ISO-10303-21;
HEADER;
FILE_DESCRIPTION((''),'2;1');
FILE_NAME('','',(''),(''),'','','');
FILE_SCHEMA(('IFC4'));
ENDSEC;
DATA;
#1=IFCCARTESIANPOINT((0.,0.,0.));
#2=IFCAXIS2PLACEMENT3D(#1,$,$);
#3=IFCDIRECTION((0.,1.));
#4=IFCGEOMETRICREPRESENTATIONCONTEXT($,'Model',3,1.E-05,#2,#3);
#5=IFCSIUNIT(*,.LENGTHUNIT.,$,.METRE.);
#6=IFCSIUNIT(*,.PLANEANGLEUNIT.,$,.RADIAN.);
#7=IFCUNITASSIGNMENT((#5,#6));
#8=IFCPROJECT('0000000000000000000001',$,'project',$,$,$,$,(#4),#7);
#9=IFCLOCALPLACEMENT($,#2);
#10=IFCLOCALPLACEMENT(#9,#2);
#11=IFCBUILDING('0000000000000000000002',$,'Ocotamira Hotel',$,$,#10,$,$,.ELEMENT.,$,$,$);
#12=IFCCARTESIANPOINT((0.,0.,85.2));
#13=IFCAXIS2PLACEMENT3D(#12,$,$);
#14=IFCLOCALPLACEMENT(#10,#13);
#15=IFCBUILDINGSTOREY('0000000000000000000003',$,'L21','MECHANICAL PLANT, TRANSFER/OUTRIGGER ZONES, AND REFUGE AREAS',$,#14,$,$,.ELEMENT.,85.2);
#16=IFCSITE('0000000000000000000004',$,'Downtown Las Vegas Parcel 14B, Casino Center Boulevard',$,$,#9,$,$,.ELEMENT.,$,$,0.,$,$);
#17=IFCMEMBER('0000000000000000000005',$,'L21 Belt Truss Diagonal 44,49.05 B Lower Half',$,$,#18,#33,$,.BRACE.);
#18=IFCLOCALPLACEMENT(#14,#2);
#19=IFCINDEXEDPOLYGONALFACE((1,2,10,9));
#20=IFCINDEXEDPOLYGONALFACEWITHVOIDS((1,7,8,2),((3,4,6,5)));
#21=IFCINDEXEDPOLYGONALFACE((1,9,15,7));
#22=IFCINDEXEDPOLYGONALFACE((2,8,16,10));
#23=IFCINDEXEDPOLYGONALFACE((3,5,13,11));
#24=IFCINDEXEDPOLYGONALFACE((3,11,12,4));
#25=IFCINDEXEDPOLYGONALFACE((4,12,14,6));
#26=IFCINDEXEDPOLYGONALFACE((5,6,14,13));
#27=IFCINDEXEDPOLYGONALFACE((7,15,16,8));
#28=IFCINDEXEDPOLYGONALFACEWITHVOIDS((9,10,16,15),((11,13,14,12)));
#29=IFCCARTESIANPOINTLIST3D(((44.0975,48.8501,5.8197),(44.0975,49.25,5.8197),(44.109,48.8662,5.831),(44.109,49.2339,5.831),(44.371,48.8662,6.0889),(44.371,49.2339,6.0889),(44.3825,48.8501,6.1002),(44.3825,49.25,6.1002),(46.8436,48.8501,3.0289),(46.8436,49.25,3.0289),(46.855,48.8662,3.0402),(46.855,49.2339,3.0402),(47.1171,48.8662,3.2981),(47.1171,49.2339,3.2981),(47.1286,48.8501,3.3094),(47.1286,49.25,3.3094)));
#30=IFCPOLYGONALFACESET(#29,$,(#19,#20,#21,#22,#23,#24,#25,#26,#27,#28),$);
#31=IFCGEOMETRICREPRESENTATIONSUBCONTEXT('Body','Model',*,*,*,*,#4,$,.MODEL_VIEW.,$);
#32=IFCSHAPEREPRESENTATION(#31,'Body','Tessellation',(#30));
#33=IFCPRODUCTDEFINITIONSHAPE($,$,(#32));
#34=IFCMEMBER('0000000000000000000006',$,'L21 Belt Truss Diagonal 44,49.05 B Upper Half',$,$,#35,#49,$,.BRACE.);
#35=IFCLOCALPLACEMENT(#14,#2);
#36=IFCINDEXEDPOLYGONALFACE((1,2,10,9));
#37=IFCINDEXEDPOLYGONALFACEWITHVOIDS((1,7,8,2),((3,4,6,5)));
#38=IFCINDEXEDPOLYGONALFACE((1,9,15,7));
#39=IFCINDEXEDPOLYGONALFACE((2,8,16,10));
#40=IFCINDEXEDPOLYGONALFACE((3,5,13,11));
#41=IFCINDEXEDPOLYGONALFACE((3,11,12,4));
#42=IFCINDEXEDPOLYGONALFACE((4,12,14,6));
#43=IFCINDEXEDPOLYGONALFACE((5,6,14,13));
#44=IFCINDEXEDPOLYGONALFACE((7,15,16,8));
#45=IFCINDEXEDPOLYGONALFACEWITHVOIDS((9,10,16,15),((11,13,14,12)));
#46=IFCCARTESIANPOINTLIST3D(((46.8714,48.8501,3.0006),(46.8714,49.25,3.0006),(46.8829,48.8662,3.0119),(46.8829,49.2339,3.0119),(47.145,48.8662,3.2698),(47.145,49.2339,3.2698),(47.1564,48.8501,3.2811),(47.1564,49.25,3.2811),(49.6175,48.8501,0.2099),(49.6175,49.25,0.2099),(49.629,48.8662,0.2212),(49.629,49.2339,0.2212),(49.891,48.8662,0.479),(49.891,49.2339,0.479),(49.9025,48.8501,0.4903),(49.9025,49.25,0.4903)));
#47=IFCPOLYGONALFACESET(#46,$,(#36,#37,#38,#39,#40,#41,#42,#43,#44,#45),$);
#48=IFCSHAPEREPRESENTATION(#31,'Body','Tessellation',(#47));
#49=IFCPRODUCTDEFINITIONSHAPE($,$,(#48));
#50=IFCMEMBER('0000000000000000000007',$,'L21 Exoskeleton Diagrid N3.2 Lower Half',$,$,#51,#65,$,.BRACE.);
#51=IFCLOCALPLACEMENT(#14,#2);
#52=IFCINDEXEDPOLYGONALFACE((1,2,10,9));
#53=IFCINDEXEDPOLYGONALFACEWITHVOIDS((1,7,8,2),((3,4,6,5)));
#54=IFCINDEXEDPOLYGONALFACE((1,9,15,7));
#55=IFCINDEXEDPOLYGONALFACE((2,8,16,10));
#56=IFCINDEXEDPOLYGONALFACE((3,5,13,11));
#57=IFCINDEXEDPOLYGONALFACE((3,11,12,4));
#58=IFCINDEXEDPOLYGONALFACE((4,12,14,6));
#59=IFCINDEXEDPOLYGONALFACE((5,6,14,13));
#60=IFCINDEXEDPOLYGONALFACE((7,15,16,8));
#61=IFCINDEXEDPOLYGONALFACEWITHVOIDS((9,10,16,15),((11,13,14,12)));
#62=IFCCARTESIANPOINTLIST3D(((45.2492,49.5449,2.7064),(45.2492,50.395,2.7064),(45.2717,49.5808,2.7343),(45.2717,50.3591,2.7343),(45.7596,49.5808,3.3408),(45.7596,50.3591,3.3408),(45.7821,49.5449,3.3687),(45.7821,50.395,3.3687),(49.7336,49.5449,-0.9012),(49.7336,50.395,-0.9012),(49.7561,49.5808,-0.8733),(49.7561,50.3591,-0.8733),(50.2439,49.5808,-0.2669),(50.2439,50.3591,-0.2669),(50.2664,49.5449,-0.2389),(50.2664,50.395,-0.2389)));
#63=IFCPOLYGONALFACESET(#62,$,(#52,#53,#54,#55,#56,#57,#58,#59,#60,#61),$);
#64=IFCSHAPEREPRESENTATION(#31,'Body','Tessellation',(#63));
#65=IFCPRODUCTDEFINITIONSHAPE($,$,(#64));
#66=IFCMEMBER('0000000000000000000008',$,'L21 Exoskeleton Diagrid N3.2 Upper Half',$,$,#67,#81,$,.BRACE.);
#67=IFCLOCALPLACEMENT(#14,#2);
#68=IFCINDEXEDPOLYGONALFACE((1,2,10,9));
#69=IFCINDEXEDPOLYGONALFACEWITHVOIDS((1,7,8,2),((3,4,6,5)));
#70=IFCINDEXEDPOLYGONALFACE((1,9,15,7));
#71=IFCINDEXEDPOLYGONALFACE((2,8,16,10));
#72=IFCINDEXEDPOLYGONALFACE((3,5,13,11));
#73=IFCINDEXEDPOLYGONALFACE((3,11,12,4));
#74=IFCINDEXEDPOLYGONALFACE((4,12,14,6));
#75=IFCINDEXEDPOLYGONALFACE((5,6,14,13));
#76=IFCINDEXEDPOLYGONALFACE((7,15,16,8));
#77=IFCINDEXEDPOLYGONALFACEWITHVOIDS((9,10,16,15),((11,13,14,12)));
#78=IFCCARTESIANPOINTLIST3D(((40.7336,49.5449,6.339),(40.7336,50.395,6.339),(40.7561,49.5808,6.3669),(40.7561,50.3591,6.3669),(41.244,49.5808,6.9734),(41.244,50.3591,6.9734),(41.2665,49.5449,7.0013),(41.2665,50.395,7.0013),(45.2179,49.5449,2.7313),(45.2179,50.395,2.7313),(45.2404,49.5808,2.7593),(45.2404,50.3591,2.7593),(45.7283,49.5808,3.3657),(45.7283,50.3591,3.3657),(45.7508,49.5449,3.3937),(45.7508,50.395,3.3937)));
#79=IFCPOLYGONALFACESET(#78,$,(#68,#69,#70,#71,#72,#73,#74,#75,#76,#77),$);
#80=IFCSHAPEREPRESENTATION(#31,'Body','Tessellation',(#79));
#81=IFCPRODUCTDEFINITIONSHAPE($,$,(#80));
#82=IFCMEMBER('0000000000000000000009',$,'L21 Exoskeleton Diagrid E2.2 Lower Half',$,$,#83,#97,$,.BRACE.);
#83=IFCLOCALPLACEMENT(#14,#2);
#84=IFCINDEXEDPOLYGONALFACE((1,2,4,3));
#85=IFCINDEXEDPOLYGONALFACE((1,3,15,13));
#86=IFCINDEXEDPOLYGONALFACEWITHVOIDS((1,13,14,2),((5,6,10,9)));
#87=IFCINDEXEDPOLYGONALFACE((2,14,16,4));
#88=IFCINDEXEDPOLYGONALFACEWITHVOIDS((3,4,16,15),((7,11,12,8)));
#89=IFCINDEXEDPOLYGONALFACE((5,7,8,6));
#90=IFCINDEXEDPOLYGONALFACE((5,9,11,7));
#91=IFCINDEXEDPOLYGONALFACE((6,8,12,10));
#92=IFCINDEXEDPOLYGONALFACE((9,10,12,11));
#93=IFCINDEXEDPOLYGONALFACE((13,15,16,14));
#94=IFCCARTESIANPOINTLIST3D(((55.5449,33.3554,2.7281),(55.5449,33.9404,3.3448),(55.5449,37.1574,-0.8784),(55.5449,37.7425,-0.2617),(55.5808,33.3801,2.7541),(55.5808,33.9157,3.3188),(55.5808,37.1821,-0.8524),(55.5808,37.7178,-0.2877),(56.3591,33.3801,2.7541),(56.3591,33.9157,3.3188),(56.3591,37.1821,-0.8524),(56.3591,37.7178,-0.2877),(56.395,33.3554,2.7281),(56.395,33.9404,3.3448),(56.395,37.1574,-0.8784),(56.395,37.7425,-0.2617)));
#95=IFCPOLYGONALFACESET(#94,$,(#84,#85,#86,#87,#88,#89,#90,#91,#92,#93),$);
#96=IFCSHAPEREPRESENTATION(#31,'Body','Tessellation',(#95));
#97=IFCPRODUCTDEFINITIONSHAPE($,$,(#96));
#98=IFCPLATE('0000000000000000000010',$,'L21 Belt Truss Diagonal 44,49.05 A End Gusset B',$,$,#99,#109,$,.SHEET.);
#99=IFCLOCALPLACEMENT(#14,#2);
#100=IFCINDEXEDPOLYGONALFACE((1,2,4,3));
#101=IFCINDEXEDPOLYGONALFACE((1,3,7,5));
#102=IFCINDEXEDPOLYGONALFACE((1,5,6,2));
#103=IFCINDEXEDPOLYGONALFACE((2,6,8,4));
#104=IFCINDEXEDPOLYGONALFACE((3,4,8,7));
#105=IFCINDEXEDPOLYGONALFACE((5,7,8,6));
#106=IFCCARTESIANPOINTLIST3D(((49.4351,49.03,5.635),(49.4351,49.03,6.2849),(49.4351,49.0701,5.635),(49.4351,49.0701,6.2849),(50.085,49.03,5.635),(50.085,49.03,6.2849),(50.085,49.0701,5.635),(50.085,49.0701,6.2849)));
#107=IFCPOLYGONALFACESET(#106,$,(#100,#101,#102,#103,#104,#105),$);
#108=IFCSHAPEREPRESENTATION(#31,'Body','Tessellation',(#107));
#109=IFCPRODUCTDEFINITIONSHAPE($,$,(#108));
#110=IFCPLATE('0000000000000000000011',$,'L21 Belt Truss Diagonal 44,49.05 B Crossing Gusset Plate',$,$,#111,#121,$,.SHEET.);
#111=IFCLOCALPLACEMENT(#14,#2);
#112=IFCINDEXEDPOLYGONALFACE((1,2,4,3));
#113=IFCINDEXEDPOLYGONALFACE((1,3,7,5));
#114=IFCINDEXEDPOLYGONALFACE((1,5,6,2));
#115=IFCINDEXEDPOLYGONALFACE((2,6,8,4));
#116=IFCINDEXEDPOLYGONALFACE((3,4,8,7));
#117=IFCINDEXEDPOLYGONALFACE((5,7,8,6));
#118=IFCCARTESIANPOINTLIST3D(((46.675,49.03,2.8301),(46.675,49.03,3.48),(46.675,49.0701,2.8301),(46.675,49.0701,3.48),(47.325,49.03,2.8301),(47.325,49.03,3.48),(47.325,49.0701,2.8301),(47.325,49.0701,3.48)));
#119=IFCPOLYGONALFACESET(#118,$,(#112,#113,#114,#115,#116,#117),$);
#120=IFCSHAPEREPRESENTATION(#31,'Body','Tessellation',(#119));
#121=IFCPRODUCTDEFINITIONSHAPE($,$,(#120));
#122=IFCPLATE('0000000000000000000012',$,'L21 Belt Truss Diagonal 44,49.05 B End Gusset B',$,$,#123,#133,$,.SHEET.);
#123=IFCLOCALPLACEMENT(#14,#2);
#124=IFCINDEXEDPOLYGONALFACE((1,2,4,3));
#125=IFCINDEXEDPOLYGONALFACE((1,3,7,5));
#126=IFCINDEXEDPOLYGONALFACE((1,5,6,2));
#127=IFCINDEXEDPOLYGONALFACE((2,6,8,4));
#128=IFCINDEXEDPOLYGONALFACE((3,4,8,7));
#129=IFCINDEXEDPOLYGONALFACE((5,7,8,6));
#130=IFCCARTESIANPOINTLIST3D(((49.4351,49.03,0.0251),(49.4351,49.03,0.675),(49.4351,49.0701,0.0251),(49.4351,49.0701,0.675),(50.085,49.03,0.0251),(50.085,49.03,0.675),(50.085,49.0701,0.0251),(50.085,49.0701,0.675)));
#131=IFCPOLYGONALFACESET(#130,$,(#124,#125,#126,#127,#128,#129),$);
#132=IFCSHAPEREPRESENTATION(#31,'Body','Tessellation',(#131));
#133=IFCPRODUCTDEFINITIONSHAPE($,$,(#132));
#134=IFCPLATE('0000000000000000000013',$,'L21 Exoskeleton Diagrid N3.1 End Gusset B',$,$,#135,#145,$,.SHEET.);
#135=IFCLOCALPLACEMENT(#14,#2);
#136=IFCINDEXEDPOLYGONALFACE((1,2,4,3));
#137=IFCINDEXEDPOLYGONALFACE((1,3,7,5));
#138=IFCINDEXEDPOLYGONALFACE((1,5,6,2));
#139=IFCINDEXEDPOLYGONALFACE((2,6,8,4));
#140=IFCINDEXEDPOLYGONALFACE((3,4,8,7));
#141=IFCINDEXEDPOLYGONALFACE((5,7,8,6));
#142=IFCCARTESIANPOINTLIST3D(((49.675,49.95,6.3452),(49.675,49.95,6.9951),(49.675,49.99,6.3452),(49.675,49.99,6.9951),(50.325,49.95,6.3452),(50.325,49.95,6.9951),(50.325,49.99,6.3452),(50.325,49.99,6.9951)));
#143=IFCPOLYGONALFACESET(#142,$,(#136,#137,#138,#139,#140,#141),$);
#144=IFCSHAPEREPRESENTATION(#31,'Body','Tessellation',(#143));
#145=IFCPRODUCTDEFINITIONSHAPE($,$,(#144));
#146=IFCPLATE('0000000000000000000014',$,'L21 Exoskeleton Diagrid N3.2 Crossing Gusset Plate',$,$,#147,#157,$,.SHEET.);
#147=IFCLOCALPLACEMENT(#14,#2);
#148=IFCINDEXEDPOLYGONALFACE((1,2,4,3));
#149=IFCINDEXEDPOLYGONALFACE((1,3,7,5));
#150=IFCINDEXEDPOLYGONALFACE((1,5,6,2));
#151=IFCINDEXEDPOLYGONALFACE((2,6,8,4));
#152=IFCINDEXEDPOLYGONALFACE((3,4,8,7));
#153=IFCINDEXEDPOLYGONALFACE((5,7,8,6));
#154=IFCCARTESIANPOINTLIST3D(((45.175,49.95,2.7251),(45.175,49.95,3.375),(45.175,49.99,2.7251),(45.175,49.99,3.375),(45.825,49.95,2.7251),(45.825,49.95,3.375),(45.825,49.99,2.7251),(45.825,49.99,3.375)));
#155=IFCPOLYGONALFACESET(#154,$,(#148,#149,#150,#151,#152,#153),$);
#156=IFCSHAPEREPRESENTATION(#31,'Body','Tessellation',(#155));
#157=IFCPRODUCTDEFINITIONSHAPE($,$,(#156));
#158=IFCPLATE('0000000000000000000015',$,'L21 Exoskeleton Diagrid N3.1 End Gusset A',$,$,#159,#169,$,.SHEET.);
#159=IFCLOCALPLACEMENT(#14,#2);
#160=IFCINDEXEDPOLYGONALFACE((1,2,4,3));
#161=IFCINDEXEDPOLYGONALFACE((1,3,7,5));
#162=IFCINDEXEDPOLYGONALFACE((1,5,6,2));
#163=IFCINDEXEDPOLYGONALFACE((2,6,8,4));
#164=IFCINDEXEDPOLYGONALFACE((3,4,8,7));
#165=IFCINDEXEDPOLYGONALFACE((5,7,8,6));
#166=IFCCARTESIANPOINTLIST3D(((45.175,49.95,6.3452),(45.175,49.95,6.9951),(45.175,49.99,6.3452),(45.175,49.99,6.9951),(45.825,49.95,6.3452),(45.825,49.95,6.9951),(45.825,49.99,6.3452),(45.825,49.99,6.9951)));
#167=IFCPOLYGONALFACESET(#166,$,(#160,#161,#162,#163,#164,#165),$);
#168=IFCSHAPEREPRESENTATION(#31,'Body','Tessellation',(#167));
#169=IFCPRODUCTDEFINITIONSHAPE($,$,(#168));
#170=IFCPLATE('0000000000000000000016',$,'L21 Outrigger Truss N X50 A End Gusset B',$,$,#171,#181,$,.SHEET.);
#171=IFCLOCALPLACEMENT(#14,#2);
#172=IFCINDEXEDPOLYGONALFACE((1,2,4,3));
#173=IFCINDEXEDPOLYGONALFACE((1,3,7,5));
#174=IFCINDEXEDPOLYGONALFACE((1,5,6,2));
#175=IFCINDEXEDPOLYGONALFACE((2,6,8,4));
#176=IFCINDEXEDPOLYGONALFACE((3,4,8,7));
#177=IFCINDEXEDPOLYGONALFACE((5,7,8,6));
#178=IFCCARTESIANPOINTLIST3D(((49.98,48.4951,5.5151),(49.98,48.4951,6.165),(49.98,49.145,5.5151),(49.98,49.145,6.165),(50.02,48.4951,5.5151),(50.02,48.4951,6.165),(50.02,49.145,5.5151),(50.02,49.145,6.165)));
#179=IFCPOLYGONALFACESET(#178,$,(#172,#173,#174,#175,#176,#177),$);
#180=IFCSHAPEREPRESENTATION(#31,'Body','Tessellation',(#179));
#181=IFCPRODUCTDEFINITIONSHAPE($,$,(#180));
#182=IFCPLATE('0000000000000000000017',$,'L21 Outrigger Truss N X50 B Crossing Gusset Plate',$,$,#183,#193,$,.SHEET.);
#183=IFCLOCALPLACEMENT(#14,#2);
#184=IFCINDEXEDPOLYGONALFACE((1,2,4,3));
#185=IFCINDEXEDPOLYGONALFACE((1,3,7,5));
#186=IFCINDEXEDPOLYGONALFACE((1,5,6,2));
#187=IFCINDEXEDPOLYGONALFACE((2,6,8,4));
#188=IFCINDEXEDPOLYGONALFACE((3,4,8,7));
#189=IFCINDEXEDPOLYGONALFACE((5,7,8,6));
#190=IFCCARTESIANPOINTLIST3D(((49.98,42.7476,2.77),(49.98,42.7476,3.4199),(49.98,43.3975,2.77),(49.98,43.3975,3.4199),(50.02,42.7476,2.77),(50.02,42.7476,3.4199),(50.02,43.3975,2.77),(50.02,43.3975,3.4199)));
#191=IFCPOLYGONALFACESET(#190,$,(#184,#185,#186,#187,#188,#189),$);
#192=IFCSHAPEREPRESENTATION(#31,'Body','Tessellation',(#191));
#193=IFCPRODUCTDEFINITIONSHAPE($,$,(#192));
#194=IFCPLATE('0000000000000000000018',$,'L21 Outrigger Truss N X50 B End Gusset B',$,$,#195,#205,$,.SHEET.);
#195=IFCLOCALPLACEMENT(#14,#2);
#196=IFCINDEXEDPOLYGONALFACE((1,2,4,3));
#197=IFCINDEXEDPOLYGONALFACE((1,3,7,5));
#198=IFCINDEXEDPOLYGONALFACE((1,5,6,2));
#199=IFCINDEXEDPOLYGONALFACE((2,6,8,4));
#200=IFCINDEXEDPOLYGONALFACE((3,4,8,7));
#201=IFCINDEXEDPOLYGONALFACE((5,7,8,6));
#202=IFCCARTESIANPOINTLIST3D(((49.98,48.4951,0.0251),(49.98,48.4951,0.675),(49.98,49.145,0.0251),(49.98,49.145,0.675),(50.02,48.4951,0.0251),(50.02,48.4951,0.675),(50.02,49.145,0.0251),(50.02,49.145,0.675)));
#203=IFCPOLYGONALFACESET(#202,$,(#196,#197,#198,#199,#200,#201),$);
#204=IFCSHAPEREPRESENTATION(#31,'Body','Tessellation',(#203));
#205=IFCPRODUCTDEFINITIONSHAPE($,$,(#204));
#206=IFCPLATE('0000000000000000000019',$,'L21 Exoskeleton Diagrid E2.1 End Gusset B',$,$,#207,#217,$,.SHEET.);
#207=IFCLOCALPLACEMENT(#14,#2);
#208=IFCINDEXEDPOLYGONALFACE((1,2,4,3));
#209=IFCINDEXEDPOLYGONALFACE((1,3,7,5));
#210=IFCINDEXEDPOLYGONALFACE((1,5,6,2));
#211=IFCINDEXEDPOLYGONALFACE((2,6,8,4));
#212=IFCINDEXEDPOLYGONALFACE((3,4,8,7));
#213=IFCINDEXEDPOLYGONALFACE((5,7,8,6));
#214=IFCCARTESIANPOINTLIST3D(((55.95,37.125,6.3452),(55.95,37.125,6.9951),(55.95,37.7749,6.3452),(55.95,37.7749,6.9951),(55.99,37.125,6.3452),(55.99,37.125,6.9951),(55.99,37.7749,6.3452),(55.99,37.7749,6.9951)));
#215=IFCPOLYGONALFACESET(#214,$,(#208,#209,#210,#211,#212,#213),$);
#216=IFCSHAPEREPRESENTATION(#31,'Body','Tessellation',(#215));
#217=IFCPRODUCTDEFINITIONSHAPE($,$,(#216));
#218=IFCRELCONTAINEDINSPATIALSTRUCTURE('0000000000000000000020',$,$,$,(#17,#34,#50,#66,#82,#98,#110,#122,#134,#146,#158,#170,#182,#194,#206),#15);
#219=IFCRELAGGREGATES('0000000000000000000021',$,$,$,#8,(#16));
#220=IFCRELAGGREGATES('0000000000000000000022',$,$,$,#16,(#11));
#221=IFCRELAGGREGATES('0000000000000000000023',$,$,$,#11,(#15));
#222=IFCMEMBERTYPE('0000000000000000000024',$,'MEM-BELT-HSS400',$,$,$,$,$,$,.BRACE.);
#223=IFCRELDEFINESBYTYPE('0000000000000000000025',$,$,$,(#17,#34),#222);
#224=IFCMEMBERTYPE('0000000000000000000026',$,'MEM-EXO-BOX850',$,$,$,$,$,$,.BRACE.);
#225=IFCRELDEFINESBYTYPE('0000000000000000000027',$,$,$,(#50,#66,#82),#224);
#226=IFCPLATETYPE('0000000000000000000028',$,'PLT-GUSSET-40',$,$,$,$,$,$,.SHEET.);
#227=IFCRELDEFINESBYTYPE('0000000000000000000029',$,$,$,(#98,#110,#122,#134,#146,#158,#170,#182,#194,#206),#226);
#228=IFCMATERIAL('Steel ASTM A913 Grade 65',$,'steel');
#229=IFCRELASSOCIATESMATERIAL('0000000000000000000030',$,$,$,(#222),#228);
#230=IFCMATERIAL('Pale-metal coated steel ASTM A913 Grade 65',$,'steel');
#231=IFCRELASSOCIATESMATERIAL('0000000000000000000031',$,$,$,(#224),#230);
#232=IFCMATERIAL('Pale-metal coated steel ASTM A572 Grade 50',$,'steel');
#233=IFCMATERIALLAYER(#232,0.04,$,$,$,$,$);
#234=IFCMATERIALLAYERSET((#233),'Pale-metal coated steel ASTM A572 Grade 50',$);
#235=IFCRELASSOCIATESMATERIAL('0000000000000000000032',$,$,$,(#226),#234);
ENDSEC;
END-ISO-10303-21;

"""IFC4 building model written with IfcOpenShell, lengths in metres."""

from ifc_helpers import new_model, si_unit, direction, frame, origin, origin_2d, place, context, subcontext, project, spatial, rectangle, hollow_rectangle, extrude, source, transform, mapped, material, layer, layer_set, material_profile, profile_set, type_object, element, save


model = new_model("IFC4")

# Units and contexts
model_context = context("Model", 3, precision=1e-05, world=origin(), true_north=direction((0.0, 1.0)))
body_context = subcontext(model_context, "Body", "Model", "MODEL_VIEW")
ifc_project = project(units=[si_unit("LENGTHUNIT", "METRE"), si_unit("PLANEANGLEUNIT", "RADIAN")], contexts=[model_context])

# Site, building, storey
site_placement = place(None, origin())
site = spatial("IfcSite", under=ifc_project, at=site_placement, Name="Downtown Las Vegas Parcel 14B, Casino Center Boulevard", CompositionType="ELEMENT", RefElevation=0.0)
building_placement = place(site_placement, origin())
building = spatial("IfcBuilding", under=site, at=building_placement, Name="Ocotamira Hotel", CompositionType="ELEMENT")
storey_placement = place(building_placement, frame((0.0, 0.0, 85.2)))
storey = spatial("IfcBuildingStorey", under=building, at=storey_placement, Name="L21", Description="MECHANICAL PLANT, TRANSFER/OUTRIGGER ZONES, AND REFUGE AREAS", CompositionType="ELEMENT", Elevation=85.2)

# Shared definitions
ifc_material_1 = material(Name="Steel ASTM A913 Grade 65", Category="steel")

# Members
ifc_material_profile_1 = material_profile(ifc_material_1, hollow_rectangle(XDim=0.3999, YDim=0.3999, WallThickness=0.0161, at=origin_2d()), Name="HSS400X400X16")
ifc_profile_set_1 = profile_set([ifc_material_profile_1], Name="Steel ASTM A913 Grade 65")
member_type_1 = type_object("IfcMemberType", Name="MEM-BELT-HSS400", PredefinedType="BRACE", material=ifc_profile_set_1)
shared_shape_1 = source(origin(), body_context, "Body", "SweptSolid", [
    extrude(hollow_rectangle(XDim=0.3999, YDim=0.3999, WallThickness=0.0161, at=origin_2d()), origin(), (0.0, 0.0, 1.0), 3.9153),
])
for number, where, z_axis, x_axis, name in (
    (1, (44.24, 49.05, 5.96), (0.701378, 0.0, -0.712789), (0.0, 1.0, 0.0), "L21 Belt Truss Diagonal 44,49.05 B Lower Half"),
    (2, (47.0139, 49.05, 3.1409), (0.701378, 0.0, -0.712789), (0.0, 1.0, 0.0), "L21 Belt Truss Diagonal 44,49.05 B Upper Half"),
):
    element("IfcMember", number, at=place(storey_placement, frame(where, z_axis=z_axis, x_axis=x_axis)), inside=storey, type_object=member_type_1, Name=name, PredefinedType="BRACE", context=body_context, shape_type="MappedRepresentation", body=[
        mapped(shared_shape_1, transform((0.0, 0.0, 0.0), scale=1.0)),
    ])
ifc_material_2 = material(Name="Pale-metal coated steel ASTM A913 Grade 65", Category="steel")
ifc_material_profile_2 = material_profile(ifc_material_2, hollow_rectangle(XDim=0.8501, YDim=0.8501, WallThickness=0.0359, at=origin_2d()), Name="BOX850X850X36")
ifc_profile_set_2 = profile_set([ifc_material_profile_2], Name="Pale-metal coated steel ASTM A913 Grade 65")
member_type_2 = type_object("IfcMemberType", Name="MEM-EXO-BOX850", PredefinedType="BRACE", material=ifc_profile_set_2)
shared_shape_2 = source(origin(), body_context, "Body", "SweptSolid", [
    extrude(hollow_rectangle(XDim=0.8501, YDim=0.8501, WallThickness=0.0359, at=origin_2d()), origin(), (0.0, 0.0, 1.0), 5.7554),
])
for number, where, z_axis, x_axis, name in (
    (3, (50.0, 49.97, -0.5701), (-0.779157, 0.0, 0.626829), (0.0, -1.0, 0.0), "L21 Exoskeleton Diagrid N3.2 Lower Half"),
    (4, (45.4844, 49.97, 3.0625), (-0.779157, 0.0, 0.626829), (0.0, -1.0, 0.0), "L21 Exoskeleton Diagrid N3.2 Upper Half"),
):
    element("IfcMember", number, at=place(storey_placement, frame(where, z_axis=z_axis, x_axis=x_axis)), inside=storey, type_object=member_type_2, Name=name, PredefinedType="BRACE", context=body_context, shape_type="MappedRepresentation", body=[
        mapped(shared_shape_2, transform((0.0, 0.0, 0.0), scale=1.0)),
    ])
shared_shape_3 = source(origin(), body_context, "Body", "SweptSolid", [
    extrude(hollow_rectangle(XDim=0.8501, YDim=0.8501, WallThickness=0.0359, at=origin_2d()), origin(), (0.0, 0.0, 1.0), 5.2405),
])
member_1_placement = place(storey_placement, frame((55.97, 37.45, -0.5701), z_axis=(0.0, -0.725519, 0.688202), x_axis=(1.0, 0.0, 0.0)))
element("IfcMember", 5, at=member_1_placement, inside=storey, type_object=member_type_2, Name="L21 Exoskeleton Diagrid E2.2 Lower Half", PredefinedType="BRACE", context=body_context, shape_type="MappedRepresentation", body=[
    mapped(shared_shape_3, transform((0.0, 0.0, 0.0), scale=1.0)),
])

# Plates
ifc_material_3 = material(Name="Pale-metal coated steel ASTM A572 Grade 50", Category="steel")
ifc_layer_1 = layer(ifc_material_3, 0.04)
ifc_layer_set_1 = layer_set([ifc_layer_1], Name="Pale-metal coated steel ASTM A572 Grade 50")
plate_type = type_object("IfcPlateType", Name="PLT-GUSSET-40", PredefinedType="SHEET", material=ifc_layer_set_1)
shared_shape_4 = source(origin(), body_context, "Body", "SweptSolid", [
    extrude(rectangle(XDim=0.6499, YDim=0.04, at=origin_2d()), origin(), (0.0, 0.0, 1.0), 0.6499),
])
for number, where, z_axis, x_axis, name in (
    (6, (49.76, 49.05, 5.635), (0.0, 0.0, 1.0), (1.0, 0.0, 0.0), "L21 Belt Truss Diagonal 44,49.05 A End Gusset B"),
    (7, (47.0, 49.05, 2.8301), (0.0, 0.0, 1.0), (1.0, 0.0, 0.0), "L21 Belt Truss Diagonal 44,49.05 B Crossing Gusset Plate"),
    (8, (49.76, 49.05, 0.0251), (0.0, 0.0, 1.0), (1.0, 0.0, 0.0), "L21 Belt Truss Diagonal 44,49.05 B End Gusset B"),
    (9, (50.0, 49.97, 6.3452), (0.0, 0.0, 1.0), (1.0, 0.0, 0.0), "L21 Exoskeleton Diagrid N3.1 End Gusset B"),
    (10, (45.5, 49.97, 2.7251), (0.0, 0.0, 1.0), (-1.0, 0.0, 0.0), "L21 Exoskeleton Diagrid N3.2 Crossing Gusset Plate"),
    (11, (45.5, 49.97, 6.3452), (0.0, 0.0, 1.0), (-1.0, 0.0, 0.0), "L21 Exoskeleton Diagrid N3.1 End Gusset A"),
):
    element("IfcPlate", number, at=place(storey_placement, frame(where, z_axis=z_axis, x_axis=x_axis)), inside=storey, type_object=plate_type, Name=name, PredefinedType="SHEET", context=body_context, shape_type="MappedRepresentation", body=[
        mapped(shared_shape_4, transform((0.0, 0.0, 0.0), scale=1.0)),
    ])
shared_shape_5 = source(origin(), body_context, "Body", "SweptSolid", [
    extrude(rectangle(XDim=0.04, YDim=0.6499, at=origin_2d()), origin(), (0.0, 0.0, 1.0), 0.6499),
])
for number, where, z_axis, x_axis, name in (
    (12, (50.0, 48.8201, 5.5151), (0.0, 0.0, 1.0), (1.0, 0.0, 0.0), "L21 Outrigger Truss N X50 A End Gusset B"),
    (13, (50.0, 43.0725, 2.77), (0.0, 0.0, 1.0), (1.0, 0.0, 0.0), "L21 Outrigger Truss N X50 B Crossing Gusset Plate"),
    (14, (50.0, 48.8201, 0.0251), (0.0, 0.0, 1.0), (1.0, 0.0, 0.0), "L21 Outrigger Truss N X50 B End Gusset B"),
    (15, (55.97, 37.45, 6.3452), (0.0, 0.0, 1.0), (1.0, 0.0, 0.0), "L21 Exoskeleton Diagrid E2.1 End Gusset B"),
):
    element("IfcPlate", number, at=place(storey_placement, frame(where, z_axis=z_axis, x_axis=x_axis)), inside=storey, type_object=plate_type, Name=name, PredefinedType="SHEET", context=body_context, shape_type="MappedRepresentation", body=[
        mapped(shared_shape_5, transform((0.0, 0.0, 0.0), scale=1.0)),
    ])

save(model, "model.ifc")
